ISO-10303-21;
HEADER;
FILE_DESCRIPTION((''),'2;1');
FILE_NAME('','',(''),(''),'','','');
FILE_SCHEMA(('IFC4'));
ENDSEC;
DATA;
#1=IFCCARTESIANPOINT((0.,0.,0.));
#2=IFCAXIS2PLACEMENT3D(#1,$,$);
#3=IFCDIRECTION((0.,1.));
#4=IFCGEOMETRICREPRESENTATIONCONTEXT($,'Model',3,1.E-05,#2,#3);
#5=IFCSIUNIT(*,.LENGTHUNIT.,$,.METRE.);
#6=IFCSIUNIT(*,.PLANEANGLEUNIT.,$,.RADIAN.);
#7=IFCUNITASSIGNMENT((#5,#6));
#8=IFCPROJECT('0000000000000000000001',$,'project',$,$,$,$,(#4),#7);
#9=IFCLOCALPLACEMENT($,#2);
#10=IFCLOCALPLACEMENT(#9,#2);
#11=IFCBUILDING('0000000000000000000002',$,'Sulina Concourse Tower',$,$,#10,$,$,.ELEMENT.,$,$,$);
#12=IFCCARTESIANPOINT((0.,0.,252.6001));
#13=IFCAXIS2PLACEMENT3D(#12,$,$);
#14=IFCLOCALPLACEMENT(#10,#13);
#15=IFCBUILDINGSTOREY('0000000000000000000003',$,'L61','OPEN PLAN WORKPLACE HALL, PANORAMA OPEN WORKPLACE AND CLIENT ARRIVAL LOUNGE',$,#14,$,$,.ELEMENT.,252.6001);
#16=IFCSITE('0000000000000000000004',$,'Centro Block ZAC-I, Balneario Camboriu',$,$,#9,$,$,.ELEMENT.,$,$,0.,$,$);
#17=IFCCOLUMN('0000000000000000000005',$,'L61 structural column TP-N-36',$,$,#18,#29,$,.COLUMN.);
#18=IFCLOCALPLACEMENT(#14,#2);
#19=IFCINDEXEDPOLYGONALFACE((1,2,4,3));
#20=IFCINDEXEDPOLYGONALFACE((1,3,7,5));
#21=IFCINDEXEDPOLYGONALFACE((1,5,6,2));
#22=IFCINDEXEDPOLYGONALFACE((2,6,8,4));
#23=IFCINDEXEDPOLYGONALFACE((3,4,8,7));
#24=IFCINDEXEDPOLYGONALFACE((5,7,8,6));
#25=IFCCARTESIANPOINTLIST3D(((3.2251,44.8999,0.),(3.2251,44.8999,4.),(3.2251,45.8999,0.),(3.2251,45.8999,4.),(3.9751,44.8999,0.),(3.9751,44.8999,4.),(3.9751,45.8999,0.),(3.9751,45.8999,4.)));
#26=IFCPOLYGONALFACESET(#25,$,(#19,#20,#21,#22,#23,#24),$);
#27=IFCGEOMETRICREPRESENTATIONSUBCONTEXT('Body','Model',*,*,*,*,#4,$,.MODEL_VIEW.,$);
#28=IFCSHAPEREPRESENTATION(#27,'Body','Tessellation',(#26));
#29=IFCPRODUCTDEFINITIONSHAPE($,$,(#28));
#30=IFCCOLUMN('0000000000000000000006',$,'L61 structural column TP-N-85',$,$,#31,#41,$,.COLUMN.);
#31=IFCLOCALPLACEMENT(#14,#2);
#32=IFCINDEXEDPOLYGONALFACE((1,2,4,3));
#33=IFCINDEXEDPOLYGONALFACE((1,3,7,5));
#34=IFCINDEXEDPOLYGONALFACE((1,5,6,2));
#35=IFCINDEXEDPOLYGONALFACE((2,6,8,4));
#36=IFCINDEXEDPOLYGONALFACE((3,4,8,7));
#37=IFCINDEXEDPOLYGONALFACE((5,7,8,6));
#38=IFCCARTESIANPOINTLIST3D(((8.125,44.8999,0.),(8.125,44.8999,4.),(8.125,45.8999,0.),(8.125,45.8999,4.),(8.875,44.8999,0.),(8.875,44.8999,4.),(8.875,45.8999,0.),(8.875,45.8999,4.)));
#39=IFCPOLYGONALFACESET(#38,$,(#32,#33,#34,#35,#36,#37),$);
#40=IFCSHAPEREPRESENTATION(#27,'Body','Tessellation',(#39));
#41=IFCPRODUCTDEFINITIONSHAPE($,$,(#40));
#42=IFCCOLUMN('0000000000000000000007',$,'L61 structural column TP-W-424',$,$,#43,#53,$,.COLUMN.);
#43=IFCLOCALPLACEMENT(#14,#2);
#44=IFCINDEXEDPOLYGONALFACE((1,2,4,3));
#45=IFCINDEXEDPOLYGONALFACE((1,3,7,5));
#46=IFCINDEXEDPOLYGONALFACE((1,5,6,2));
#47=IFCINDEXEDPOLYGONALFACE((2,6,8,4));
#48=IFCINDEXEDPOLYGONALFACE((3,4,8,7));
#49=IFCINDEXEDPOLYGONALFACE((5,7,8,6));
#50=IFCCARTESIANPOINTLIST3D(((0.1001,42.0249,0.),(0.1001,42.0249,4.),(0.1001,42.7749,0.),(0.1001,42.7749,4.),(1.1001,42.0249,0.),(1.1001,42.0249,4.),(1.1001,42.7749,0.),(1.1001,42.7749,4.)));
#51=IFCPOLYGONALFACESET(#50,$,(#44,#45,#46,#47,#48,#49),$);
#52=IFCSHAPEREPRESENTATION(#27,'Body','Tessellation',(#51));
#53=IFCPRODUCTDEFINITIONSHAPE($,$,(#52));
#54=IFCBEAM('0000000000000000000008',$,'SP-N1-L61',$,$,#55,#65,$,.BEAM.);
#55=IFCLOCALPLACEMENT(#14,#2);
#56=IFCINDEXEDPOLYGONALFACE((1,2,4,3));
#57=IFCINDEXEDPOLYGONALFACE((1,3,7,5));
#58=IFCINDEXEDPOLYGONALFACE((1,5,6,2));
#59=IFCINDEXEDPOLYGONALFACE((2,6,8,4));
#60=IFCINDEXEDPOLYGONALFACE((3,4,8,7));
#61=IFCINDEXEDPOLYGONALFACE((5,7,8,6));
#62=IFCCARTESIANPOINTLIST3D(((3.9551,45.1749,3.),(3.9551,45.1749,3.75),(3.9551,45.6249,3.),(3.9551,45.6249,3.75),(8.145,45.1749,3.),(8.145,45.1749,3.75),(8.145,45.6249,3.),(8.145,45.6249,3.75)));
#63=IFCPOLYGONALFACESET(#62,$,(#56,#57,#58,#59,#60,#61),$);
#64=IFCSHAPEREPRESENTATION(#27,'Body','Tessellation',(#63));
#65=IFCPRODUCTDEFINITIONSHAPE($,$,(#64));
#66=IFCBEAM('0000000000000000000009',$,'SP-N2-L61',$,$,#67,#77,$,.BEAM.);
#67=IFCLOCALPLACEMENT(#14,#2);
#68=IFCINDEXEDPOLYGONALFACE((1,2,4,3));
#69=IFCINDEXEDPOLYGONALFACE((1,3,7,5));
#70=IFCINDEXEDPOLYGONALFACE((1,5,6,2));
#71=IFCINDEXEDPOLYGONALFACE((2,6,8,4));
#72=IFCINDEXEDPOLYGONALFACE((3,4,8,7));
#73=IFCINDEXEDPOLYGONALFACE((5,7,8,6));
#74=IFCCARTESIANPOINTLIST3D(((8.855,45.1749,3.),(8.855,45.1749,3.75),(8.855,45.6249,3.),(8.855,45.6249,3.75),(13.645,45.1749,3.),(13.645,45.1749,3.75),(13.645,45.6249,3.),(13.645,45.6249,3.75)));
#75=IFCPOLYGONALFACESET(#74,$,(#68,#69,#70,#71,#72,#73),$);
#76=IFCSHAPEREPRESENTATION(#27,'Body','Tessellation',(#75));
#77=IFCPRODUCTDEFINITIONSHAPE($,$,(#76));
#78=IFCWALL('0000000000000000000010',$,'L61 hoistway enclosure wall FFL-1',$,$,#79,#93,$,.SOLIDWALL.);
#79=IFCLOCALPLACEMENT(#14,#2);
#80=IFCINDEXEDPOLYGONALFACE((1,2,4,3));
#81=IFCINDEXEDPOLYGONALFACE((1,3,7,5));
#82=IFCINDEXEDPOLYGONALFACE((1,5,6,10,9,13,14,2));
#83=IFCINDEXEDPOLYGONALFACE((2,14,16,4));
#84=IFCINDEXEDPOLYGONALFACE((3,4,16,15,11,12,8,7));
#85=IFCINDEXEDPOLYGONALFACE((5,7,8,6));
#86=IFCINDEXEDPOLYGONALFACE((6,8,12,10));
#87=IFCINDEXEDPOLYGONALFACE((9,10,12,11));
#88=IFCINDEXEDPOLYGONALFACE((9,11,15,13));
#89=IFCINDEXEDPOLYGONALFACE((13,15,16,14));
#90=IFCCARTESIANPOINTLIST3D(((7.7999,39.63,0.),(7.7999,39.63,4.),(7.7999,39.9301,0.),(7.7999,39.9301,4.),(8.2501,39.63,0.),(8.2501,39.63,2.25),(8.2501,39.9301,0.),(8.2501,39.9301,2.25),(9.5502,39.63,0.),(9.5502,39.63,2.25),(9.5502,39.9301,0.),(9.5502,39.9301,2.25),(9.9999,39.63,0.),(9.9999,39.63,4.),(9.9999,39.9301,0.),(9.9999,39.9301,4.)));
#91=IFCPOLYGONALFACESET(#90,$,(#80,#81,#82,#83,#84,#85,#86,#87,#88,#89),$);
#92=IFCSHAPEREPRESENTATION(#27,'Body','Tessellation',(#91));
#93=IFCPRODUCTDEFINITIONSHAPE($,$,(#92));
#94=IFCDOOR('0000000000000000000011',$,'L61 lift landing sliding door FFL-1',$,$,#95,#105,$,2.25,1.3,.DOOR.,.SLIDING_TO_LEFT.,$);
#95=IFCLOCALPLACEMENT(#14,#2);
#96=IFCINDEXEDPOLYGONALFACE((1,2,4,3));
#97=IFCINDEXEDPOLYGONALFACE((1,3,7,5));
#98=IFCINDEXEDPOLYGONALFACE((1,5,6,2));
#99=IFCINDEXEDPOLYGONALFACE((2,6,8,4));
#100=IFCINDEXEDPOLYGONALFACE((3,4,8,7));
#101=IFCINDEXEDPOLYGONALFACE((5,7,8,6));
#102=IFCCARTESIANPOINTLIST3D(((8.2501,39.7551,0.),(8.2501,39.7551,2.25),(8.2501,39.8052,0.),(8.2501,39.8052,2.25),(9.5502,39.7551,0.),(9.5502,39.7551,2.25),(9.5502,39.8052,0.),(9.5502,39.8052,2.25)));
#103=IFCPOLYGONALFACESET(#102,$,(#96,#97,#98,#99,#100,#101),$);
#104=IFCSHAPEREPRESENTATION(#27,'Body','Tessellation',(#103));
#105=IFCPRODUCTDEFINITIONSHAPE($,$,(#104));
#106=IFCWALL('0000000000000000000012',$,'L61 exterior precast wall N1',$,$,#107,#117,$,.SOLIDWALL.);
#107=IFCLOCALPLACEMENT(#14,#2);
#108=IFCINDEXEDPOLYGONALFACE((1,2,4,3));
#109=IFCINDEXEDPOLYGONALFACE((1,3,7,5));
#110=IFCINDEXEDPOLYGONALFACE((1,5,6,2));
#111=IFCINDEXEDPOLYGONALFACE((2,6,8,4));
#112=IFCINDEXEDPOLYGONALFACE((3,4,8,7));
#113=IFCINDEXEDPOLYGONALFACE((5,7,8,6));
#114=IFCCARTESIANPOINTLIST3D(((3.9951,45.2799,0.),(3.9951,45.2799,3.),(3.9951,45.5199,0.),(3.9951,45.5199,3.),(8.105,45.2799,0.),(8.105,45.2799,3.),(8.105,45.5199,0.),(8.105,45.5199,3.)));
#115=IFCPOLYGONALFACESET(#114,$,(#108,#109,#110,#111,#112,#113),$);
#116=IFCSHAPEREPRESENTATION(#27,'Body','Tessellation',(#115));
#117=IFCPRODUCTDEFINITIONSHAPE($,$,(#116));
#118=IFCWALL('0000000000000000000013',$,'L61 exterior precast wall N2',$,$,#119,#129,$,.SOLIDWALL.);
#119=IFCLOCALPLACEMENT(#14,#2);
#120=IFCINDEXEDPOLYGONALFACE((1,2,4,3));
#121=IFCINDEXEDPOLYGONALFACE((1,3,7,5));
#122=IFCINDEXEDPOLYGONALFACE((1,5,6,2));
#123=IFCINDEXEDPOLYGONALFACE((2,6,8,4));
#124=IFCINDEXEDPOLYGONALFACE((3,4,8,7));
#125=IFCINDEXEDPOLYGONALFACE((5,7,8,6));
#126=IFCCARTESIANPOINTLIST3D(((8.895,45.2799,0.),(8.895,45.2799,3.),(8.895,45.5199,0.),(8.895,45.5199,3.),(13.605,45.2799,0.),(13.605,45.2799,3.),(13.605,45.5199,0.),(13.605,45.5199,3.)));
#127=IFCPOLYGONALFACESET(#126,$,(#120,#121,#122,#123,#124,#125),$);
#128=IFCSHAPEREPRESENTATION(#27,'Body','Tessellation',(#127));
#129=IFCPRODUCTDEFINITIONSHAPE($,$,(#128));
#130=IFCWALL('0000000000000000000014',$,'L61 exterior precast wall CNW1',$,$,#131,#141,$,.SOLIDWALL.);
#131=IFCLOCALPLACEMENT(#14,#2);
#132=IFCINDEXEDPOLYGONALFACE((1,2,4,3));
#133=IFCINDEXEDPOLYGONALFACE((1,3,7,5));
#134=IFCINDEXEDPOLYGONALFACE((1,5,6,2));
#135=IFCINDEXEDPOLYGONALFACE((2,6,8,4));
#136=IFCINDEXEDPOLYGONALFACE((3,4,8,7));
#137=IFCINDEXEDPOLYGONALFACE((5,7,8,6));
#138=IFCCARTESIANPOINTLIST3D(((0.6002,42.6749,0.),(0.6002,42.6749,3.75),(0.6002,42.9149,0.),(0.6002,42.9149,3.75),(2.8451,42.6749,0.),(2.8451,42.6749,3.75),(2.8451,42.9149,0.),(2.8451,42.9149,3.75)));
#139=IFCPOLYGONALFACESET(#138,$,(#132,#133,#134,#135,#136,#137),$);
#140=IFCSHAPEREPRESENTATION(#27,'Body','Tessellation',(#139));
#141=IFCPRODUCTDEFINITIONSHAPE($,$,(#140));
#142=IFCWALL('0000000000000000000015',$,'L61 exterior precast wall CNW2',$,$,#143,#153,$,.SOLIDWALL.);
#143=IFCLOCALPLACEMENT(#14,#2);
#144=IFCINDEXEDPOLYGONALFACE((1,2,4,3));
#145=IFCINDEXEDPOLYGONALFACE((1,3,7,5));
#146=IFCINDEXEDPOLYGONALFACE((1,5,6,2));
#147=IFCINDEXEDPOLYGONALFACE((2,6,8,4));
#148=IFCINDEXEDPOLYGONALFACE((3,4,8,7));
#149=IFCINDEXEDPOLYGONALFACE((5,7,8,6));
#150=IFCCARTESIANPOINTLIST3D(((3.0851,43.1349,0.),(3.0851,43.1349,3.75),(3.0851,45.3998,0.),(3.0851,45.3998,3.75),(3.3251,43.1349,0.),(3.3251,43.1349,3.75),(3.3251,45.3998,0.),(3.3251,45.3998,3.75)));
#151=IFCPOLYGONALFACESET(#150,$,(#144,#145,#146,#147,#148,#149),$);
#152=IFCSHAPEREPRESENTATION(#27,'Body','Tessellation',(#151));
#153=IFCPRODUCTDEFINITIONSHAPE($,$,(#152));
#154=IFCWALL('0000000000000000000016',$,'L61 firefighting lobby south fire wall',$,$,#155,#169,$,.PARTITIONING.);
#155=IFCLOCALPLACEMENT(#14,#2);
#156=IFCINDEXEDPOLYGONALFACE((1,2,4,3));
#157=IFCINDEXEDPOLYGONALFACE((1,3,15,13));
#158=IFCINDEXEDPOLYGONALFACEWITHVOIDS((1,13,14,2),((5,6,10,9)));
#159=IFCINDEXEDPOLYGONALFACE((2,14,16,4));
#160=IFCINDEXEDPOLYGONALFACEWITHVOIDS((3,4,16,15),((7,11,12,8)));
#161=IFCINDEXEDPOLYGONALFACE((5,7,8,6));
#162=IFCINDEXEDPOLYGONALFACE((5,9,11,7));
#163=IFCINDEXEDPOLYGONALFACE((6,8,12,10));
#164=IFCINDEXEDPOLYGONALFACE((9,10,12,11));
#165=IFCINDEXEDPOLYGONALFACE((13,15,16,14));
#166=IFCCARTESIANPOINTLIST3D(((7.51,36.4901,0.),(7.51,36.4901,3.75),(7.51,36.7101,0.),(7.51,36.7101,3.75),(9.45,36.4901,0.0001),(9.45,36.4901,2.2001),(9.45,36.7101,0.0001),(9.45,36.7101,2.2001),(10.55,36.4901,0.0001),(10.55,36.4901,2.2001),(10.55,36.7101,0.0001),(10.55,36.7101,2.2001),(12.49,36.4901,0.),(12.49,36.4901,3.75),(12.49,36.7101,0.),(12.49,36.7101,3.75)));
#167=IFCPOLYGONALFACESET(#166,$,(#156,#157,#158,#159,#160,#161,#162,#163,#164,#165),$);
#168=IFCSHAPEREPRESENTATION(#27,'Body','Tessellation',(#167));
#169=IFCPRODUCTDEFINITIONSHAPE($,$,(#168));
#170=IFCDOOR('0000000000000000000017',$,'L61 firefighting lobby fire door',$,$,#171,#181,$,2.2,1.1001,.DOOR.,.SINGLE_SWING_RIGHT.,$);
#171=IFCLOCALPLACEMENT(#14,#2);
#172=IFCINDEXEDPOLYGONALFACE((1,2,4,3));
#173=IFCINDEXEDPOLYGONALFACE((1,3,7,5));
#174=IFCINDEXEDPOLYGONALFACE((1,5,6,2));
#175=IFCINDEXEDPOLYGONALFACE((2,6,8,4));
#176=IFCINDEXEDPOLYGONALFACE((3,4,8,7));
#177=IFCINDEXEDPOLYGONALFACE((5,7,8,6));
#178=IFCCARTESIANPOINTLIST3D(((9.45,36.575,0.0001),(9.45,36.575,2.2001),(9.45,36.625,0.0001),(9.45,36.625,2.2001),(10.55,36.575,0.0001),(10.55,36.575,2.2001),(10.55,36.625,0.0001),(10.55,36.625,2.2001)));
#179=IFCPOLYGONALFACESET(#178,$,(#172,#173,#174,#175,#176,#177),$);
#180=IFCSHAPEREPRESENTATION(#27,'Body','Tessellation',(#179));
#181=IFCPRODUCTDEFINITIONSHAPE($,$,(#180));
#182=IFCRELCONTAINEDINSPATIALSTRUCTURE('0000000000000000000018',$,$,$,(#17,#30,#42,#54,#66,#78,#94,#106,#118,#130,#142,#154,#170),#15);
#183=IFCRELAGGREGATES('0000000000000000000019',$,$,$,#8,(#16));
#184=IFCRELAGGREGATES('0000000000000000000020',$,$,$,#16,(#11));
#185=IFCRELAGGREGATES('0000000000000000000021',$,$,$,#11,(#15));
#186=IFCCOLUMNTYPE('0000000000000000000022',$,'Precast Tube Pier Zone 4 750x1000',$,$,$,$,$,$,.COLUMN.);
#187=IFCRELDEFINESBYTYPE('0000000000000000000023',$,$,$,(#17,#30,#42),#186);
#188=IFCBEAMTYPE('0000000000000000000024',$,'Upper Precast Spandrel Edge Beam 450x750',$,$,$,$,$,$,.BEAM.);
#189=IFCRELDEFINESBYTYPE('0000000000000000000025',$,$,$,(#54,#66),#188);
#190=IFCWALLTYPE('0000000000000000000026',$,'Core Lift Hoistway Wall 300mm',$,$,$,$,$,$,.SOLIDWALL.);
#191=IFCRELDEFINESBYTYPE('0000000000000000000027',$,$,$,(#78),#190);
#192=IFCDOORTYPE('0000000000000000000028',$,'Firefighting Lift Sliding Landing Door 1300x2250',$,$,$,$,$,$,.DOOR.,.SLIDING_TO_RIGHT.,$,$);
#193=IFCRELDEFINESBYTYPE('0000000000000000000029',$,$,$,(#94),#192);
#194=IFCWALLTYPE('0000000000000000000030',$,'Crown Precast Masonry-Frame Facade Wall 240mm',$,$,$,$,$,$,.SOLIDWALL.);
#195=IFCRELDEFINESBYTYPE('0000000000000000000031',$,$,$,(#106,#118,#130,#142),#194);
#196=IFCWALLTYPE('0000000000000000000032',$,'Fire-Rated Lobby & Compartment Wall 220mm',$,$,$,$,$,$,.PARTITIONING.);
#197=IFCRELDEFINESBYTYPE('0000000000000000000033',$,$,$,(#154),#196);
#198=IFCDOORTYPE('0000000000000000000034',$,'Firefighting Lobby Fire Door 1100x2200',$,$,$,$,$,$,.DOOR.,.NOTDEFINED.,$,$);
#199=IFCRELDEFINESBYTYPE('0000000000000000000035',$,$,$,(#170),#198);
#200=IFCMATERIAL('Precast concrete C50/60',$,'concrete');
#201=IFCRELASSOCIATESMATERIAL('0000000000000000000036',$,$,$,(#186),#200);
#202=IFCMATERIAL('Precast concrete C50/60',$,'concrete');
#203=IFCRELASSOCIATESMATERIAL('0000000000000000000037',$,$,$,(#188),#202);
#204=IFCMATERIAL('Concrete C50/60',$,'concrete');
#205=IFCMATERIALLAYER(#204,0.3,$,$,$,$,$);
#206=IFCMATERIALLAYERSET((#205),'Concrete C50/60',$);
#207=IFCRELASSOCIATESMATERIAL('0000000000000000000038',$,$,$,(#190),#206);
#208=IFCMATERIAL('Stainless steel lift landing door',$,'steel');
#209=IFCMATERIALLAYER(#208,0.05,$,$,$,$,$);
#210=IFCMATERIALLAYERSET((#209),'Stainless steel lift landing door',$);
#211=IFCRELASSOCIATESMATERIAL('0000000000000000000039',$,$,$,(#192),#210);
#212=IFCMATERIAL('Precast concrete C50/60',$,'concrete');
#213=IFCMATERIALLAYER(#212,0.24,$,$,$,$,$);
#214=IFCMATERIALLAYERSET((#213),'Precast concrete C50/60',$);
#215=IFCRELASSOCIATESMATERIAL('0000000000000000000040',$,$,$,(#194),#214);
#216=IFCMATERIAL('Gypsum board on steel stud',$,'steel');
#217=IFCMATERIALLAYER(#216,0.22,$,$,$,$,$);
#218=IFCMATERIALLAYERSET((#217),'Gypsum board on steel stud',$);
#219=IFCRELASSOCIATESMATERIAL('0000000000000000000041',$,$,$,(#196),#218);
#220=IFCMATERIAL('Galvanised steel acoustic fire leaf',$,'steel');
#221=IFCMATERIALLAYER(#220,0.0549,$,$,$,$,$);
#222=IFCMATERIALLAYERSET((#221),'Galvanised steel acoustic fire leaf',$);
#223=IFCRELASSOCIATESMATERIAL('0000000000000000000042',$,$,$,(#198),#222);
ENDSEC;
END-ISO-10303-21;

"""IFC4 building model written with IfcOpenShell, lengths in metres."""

from ifc_helpers import new_model, si_unit, direction, frame, frame_2d, origin, origin_2d, place, context, subcontext, project, spatial, rectangle, extrude, material, layer, layer_set, material_profile, profile_set, type_object, element, fill, save


model = new_model("IFC4")

# Units and contexts
model_context = context("Model", 3, precision=1e-05, world=origin(), true_north=direction((0.0, 1.0)))
body_context = subcontext(model_context, "Body", "Model", "MODEL_VIEW")
ifc_project = project(units=[si_unit("LENGTHUNIT", "METRE"), si_unit("PLANEANGLEUNIT", "RADIAN")], contexts=[model_context])

# Site, building, storey
site_placement = place(None, origin())
site = spatial("IfcSite", under=ifc_project, at=site_placement, Name="Centro Block ZAC-I, Balneario Camboriu", CompositionType="ELEMENT", RefElevation=0.0)
building_placement = place(site_placement, origin())
building = spatial("IfcBuilding", under=site, at=building_placement, Name="Sulina Concourse Tower", CompositionType="ELEMENT")
storey_placement = place(building_placement, frame((0.0, 0.0, 252.6001)))
storey = spatial("IfcBuildingStorey", under=building, at=storey_placement, Name="L61", Description="OPEN PLAN WORKPLACE HALL, PANORAMA OPEN WORKPLACE AND CLIENT ARRIVAL LOUNGE", CompositionType="ELEMENT", Elevation=252.6001)

# Columns
ifc_material_1 = material(Name="Precast concrete C50/60", Category="concrete")
ifc_material_profile_1 = material_profile(ifc_material_1, rectangle(XDim=0.75, YDim=1.0, at=origin_2d()), Name="PC 750x1000")
ifc_profile_set_1 = profile_set([ifc_material_profile_1], Name="Precast concrete C50/60")
column_type = type_object("IfcColumnType", Name="Precast Tube Pier Zone 4 750x1000", PredefinedType="COLUMN", material=ifc_profile_set_1)
for number, where, z_axis, x_axis, name in (
    (1, (3.6001, 45.3999, 0.0), (0.0, 0.0, 1.0), (1.0, 0.0, 0.0), "L61 structural column TP-N-36"),
    (2, (8.5, 45.3999, 0.0), (0.0, 0.0, 1.0), (1.0, 0.0, 0.0), "L61 structural column TP-N-85"),
    (3, (0.6001, 42.3999, 0.0), (0.0, 0.0, 1.0), (0.0, 1.0, 0.0), "L61 structural column TP-W-424"),
):
    element("IfcColumn", number, at=place(storey_placement, frame(where, z_axis=z_axis, x_axis=x_axis)), inside=storey, type_object=column_type, Name=name, PredefinedType="COLUMN", context=body_context, shape_type="SweptSolid", body=[
        extrude(rectangle(XDim=0.75, YDim=1.0, at=origin_2d()), origin(), (0.0, 0.0, 1.0), 4.0),
    ])

# Beams
ifc_material_2 = material(Name="Precast concrete C50/60", Category="concrete")
ifc_material_profile_2 = material_profile(ifc_material_2, rectangle(XDim=0.45, YDim=0.75, at=origin_2d()), Name="RC 450x750")
ifc_profile_set_2 = profile_set([ifc_material_profile_2], Name="Precast concrete C50/60")
beam_type = type_object("IfcBeamType", Name="Upper Precast Spandrel Edge Beam 450x750", PredefinedType="BEAM", material=ifc_profile_set_2)
beam_1_placement = place(storey_placement, frame((3.9551, 45.3999, 3.375), z_axis=(1.0, 0.0, 0.0), x_axis=(0.0, 1.0, 0.0)))
element("IfcBeam", 4, at=beam_1_placement, inside=storey, type_object=beam_type, Name="SP-N1-L61", PredefinedType="BEAM", context=body_context, shape_type="SweptSolid", body=[
    extrude(rectangle(XDim=0.45, YDim=0.75, at=origin_2d()), origin(), (0.0, 0.0, 1.0), 4.1899),
])
beam_2_placement = place(storey_placement, frame((8.855, 45.3999, 3.375), z_axis=(1.0, 0.0, 0.0), x_axis=(0.0, 1.0, 0.0)))
element("IfcBeam", 5, at=beam_2_placement, inside=storey, type_object=beam_type, Name="SP-N2-L61", PredefinedType="BEAM", context=body_context, shape_type="SweptSolid", body=[
    extrude(rectangle(XDim=0.45, YDim=0.75, at=origin_2d()), origin(), (0.0, 0.0, 1.0), 4.79),
])

# Wall, opening, door
ifc_material_3 = material(Name="Concrete C50/60", Category="concrete")
ifc_layer_1 = layer(ifc_material_3, 0.3)
ifc_layer_set_1 = layer_set([ifc_layer_1], Name="Concrete C50/60")
wall_type_1 = type_object("IfcWallType", Name="Core Lift Hoistway Wall 300mm", PredefinedType="SOLIDWALL", material=ifc_layer_set_1)
wall_1_placement = place(storey_placement, frame((10.0, 39.78, 0.0), z_axis=(0.0, 0.0, 1.0), x_axis=(-1.0, 0.0, 0.0)))
wall_1 = element("IfcWall", 6, at=wall_1_placement, inside=storey, type_object=wall_type_1, Name="L61 hoistway enclosure wall FFL-1", PredefinedType="SOLIDWALL", context=body_context, shape_type="SweptSolid", body=[
    extrude(rectangle(XDim=2.2, YDim=0.3, at=frame_2d((1.1001, 0.0))), origin(), (0.0, 0.0, 1.0), 4.0),
])
opening_1_placement = place(wall_1_placement, frame((0.45, 0.0, 0.0)))
opening_1 = element("IfcOpeningElement", 7, at=opening_1_placement, cuts=wall_1, PredefinedType="OPENING", context=body_context, shape_type="SweptSolid", body=[
    extrude(rectangle(XDim=1.3, YDim=2.25, at=frame_2d((0.6499, 1.125))), frame((0.0, 0.1599, 0.0), z_axis=(0.0, -1.0, 0.0), x_axis=(1.0, 0.0, 0.0)), (0.0, 0.0, 1.0), 0.3201),
])
ifc_material_4 = material(Name="Stainless steel lift landing door", Category="steel")
ifc_layer_2 = layer(ifc_material_4, 0.05)
ifc_layer_set_2 = layer_set([ifc_layer_2], Name="Stainless steel lift landing door")
door_type_1 = type_object("IfcDoorType", Name="Firefighting Lift Sliding Landing Door 1300x2250", OperationType="SLIDING_TO_RIGHT", PredefinedType="DOOR", material=ifc_layer_set_2)
door_1_placement = place(opening_1_placement, origin())
door_1 = element("IfcDoor", 8, at=door_1_placement, inside=storey, type_object=door_type_1, Name="L61 lift landing sliding door FFL-1", OperationType="SLIDING_TO_LEFT", OverallHeight=2.25, OverallWidth=1.3, PredefinedType="DOOR", context=body_context, shape_type="SweptSolid", body=[
    extrude(rectangle(XDim=1.3, YDim=2.25, at=frame_2d((0.6499, 1.125))), frame((0.0, 0.0249, 0.0), z_axis=(0.0, -1.0, 0.0), x_axis=(1.0, 0.0, 0.0)), (0.0, 0.0, 1.0), 0.05),
])
fill(opening_1, door_1)

# Walls
ifc_material_5 = material(Name="Precast concrete C50/60", Category="concrete")
ifc_layer_3 = layer(ifc_material_5, 0.24)
ifc_layer_set_3 = layer_set([ifc_layer_3], Name="Precast concrete C50/60")
wall_type_2 = type_object("IfcWallType", Name="Crown Precast Masonry-Frame Facade Wall 240mm", PredefinedType="SOLIDWALL", material=ifc_layer_set_3)
wall_2_placement = place(storey_placement, frame((3.9951, 45.3999, 0.0), z_axis=(0.0, 0.0, 1.0), x_axis=(1.0, 0.0, 0.0)))
element("IfcWall", 9, at=wall_2_placement, inside=storey, type_object=wall_type_2, Name="L61 exterior precast wall N1", PredefinedType="SOLIDWALL", context=body_context, shape_type="SweptSolid", body=[
    extrude(rectangle(XDim=4.1099, YDim=0.24, at=frame_2d((2.0549, 0.0))), origin(), (0.0, 0.0, 1.0), 3.0),
])
wall_3_placement = place(storey_placement, frame((8.895, 45.3999, 0.0), z_axis=(0.0, 0.0, 1.0), x_axis=(1.0, 0.0, 0.0)))
element("IfcWall", 10, at=wall_3_placement, inside=storey, type_object=wall_type_2, Name="L61 exterior precast wall N2", PredefinedType="SOLIDWALL", context=body_context, shape_type="SweptSolid", body=[
    extrude(rectangle(XDim=4.71, YDim=0.24, at=frame_2d((2.355, 0.0))), origin(), (0.0, 0.0, 1.0), 3.0),
])
wall_4_placement = place(storey_placement, frame((0.6001, 42.7949, 0.0), z_axis=(0.0, 0.0, 1.0), x_axis=(1.0, 0.0, 0.0)))
element("IfcWall", 11, at=wall_4_placement, inside=storey, type_object=wall_type_2, Name="L61 exterior precast wall CNW1", PredefinedType="SOLIDWALL", context=body_context, shape_type="SweptSolid", body=[
    extrude(rectangle(XDim=2.2449, YDim=0.24, at=frame_2d((1.1226, 0.0))), origin(), (0.0, 0.0, 1.0), 3.75),
])
wall_5_placement = place(storey_placement, frame((3.2051, 43.135, 0.0), z_axis=(0.0, 0.0, 1.0), x_axis=(0.0, 1.0, 0.0)))
element("IfcWall", 12, at=wall_5_placement, inside=storey, type_object=wall_type_2, Name="L61 exterior precast wall CNW2", PredefinedType="SOLIDWALL", context=body_context, shape_type="SweptSolid", body=[
    extrude(rectangle(XDim=2.2649, YDim=0.24, at=frame_2d((1.1323, 0.0))), origin(), (0.0, 0.0, 1.0), 3.75),
])

# Wall, opening, door
ifc_material_6 = material(Name="Gypsum board on steel stud", Category="steel")
ifc_layer_4 = layer(ifc_material_6, 0.22)
ifc_layer_set_4 = layer_set([ifc_layer_4], Name="Gypsum board on steel stud")
wall_type_3 = type_object("IfcWallType", Name="Fire-Rated Lobby & Compartment Wall 220mm", PredefinedType="PARTITIONING", material=ifc_layer_set_4)
wall_6_placement = place(storey_placement, frame((7.51, 36.6001, 0.0), z_axis=(0.0, 0.0, 1.0), x_axis=(1.0, 0.0, 0.0)))
wall_6 = element("IfcWall", 13, at=wall_6_placement, inside=storey, type_object=wall_type_3, Name="L61 firefighting lobby south fire wall", PredefinedType="PARTITIONING", context=body_context, shape_type="SweptSolid", body=[
    extrude(rectangle(XDim=4.98, YDim=0.22, at=frame_2d((2.49, 0.0))), origin(), (0.0, 0.0, 1.0), 3.75),
])
opening_2_placement = place(wall_6_placement, frame((1.9399, 0.0, 0.0)))
opening_2 = element("IfcOpeningElement", 14, at=opening_2_placement, cuts=wall_6, PredefinedType="OPENING", context=body_context, shape_type="SweptSolid", body=[
    extrude(rectangle(XDim=1.1001, YDim=2.2, at=frame_2d((0.55, 1.1001))), frame((0.0, 0.1199, 0.0), z_axis=(0.0, -1.0, 0.0), x_axis=(1.0, 0.0, 0.0)), (0.0, 0.0, 1.0), 0.24),
])
ifc_material_7 = material(Name="Galvanised steel acoustic fire leaf", Category="steel")
ifc_layer_5 = layer(ifc_material_7, 0.0549)
ifc_layer_set_5 = layer_set([ifc_layer_5], Name="Galvanised steel acoustic fire leaf")
door_type_2 = type_object("IfcDoorType", Name="Firefighting Lobby Fire Door 1100x2200", OperationType="NOTDEFINED", PredefinedType="DOOR", material=ifc_layer_set_5)
door_2_placement = place(opening_2_placement, origin())
door_2 = element("IfcDoor", 15, at=door_2_placement, inside=storey, type_object=door_type_2, Name="L61 firefighting lobby fire door", OperationType="SINGLE_SWING_RIGHT", OverallHeight=2.2, OverallWidth=1.1001, PredefinedType="DOOR", context=body_context, shape_type="SweptSolid", body=[
    extrude(rectangle(XDim=1.1001, YDim=2.2, at=frame_2d((0.55, 1.1001))), frame((0.0, 0.0249, 0.0), z_axis=(0.0, -1.0, 0.0), x_axis=(1.0, 0.0, 0.0)), (0.0, 0.0, 1.0), 0.05),
])
fill(opening_2, door_2)

save(model, "model.ifc")
